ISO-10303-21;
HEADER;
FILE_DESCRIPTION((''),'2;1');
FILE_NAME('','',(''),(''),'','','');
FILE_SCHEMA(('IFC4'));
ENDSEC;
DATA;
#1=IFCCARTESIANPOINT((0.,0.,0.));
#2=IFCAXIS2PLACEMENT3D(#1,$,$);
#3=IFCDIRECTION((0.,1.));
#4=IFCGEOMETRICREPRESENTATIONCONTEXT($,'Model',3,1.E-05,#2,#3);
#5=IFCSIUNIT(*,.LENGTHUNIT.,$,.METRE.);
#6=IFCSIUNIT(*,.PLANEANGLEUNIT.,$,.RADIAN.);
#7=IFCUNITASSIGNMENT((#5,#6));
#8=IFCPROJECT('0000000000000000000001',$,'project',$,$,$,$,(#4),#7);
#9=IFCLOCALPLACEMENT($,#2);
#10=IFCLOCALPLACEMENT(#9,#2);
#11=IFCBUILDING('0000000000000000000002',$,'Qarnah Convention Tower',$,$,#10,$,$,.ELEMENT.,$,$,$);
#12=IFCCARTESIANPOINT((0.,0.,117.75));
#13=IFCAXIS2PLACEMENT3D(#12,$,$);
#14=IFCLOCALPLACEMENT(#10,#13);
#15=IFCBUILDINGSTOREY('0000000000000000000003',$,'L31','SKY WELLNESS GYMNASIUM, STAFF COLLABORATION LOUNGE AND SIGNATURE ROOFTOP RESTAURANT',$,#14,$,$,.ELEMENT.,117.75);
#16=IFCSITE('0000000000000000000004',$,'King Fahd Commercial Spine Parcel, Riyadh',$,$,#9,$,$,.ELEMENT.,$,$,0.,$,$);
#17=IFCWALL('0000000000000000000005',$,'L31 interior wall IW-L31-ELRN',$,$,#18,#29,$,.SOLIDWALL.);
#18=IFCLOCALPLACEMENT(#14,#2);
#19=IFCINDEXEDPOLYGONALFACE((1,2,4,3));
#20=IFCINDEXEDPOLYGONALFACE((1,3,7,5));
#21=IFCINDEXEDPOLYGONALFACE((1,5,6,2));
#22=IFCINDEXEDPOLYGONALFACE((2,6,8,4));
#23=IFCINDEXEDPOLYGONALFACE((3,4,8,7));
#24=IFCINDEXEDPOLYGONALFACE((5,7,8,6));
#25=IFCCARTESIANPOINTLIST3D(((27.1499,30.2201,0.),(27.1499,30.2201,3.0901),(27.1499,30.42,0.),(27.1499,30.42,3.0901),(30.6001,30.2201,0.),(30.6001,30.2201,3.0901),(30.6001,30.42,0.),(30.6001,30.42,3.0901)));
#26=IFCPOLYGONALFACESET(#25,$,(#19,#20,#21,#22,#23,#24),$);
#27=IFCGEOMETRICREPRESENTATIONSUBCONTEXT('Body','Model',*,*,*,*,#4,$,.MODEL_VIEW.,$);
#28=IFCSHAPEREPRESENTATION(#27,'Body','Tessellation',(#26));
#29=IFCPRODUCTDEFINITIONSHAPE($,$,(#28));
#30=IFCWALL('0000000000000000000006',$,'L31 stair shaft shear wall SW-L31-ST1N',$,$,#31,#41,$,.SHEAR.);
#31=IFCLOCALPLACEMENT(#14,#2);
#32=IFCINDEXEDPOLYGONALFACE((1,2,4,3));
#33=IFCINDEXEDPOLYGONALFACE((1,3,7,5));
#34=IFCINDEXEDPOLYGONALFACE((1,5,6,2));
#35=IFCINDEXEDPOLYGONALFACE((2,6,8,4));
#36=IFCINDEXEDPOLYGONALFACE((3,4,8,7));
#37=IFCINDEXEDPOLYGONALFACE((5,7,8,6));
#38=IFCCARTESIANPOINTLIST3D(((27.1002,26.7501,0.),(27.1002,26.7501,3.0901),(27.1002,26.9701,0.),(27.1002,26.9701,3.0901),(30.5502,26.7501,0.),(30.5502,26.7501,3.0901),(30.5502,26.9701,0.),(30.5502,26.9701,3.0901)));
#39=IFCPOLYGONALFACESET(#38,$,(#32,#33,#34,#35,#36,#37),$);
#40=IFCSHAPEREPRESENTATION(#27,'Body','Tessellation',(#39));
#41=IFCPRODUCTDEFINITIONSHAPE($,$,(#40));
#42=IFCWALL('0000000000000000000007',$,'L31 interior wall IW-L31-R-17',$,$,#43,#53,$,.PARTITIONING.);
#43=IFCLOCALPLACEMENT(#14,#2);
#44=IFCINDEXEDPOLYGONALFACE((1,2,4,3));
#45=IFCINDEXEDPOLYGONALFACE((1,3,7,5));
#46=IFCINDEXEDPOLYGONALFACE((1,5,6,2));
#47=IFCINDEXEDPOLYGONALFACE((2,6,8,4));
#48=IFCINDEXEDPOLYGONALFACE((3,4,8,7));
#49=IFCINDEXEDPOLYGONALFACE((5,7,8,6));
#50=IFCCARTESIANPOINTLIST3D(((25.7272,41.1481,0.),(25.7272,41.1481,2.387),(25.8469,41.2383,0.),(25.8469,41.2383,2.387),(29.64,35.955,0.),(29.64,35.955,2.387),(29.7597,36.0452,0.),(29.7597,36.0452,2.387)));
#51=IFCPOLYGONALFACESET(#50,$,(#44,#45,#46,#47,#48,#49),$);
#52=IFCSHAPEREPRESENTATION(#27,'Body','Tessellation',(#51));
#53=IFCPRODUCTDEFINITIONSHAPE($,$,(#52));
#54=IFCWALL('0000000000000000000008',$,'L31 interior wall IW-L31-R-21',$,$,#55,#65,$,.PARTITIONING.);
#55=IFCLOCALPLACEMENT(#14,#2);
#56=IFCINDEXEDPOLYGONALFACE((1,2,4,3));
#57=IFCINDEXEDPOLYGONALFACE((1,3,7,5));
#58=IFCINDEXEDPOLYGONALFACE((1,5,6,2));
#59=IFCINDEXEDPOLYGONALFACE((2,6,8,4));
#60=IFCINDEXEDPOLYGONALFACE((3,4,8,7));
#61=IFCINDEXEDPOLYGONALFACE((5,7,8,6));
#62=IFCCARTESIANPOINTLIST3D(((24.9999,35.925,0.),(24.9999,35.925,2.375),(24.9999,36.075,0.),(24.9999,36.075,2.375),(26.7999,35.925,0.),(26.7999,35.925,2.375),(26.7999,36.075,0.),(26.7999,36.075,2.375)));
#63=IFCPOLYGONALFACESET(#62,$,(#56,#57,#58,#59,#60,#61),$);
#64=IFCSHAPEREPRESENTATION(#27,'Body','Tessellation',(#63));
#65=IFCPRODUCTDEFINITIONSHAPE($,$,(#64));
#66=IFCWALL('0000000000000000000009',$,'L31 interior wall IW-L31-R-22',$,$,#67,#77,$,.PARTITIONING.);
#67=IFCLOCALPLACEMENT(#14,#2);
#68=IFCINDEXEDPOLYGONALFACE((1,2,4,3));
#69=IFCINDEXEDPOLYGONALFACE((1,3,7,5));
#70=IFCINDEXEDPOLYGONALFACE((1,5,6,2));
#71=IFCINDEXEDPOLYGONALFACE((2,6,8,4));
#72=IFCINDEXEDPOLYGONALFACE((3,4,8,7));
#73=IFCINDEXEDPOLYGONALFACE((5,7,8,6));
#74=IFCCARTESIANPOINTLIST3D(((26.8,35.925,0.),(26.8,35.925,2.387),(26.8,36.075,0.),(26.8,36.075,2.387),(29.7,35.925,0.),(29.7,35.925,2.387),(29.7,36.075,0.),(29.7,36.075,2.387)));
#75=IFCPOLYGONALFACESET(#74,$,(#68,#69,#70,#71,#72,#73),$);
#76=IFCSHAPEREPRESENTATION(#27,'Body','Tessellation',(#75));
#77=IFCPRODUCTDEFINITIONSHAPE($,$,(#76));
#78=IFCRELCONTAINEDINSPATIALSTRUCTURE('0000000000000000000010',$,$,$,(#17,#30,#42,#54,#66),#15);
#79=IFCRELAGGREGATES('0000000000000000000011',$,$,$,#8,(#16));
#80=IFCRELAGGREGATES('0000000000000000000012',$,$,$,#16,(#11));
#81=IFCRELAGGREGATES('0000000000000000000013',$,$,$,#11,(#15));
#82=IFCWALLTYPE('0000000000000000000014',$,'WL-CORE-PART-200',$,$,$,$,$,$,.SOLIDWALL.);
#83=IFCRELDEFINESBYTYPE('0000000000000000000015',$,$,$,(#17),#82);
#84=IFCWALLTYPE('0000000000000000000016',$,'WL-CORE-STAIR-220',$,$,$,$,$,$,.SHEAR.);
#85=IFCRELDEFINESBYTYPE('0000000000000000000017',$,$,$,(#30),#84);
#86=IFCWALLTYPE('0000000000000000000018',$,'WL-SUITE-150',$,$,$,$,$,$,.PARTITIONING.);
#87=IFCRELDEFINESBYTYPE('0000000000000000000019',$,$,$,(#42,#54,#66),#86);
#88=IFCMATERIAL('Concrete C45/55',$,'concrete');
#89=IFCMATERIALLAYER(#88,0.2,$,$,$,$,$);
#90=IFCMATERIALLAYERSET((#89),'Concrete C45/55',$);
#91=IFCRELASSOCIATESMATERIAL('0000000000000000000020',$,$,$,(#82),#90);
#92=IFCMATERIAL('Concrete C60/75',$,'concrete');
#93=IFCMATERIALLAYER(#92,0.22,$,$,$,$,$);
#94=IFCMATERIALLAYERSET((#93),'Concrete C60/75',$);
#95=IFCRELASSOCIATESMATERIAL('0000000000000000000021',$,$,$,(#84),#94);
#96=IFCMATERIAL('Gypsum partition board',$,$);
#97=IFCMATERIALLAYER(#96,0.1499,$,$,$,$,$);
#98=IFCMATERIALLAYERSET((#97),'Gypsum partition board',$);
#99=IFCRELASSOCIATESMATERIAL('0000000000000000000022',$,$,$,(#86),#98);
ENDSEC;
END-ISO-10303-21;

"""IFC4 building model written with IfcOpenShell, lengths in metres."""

from ifc_helpers import new_model, si_unit, direction, frame, frame_2d, origin, place, context, subcontext, project, spatial, rectangle, extrude, material, layer, layer_set, type_object, element, save


model = new_model("IFC4")

# Units and contexts
model_context = context("Model", 3, precision=1e-05, world=origin(), true_north=direction((0.0, 1.0)))
body_context = subcontext(model_context, "Body", "Model", "MODEL_VIEW")
ifc_project = project(units=[si_unit("LENGTHUNIT", "METRE"), si_unit("PLANEANGLEUNIT", "RADIAN")], contexts=[model_context])

# Site, building, storey
site_placement = place(None, origin())
site = spatial("IfcSite", under=ifc_project, at=site_placement, Name="King Fahd Commercial Spine Parcel, Riyadh", CompositionType="ELEMENT", RefElevation=0.0)
building_placement = place(site_placement, origin())
building = spatial("IfcBuilding", under=site, at=building_placement, Name="Qarnah Convention Tower", CompositionType="ELEMENT")
storey_placement = place(building_placement, frame((0.0, 0.0, 117.75)))
storey = spatial("IfcBuildingStorey", under=building, at=storey_placement, Name="L31", Description="SKY WELLNESS GYMNASIUM, STAFF COLLABORATION LOUNGE AND SIGNATURE ROOFTOP RESTAURANT", CompositionType="ELEMENT", Elevation=117.75)

# Shared definitions
ifc_material_1 = material(Name="Concrete C60/75", Category="concrete")

# Walls
ifc_material_2 = material(Name="Concrete C45/55", Category="concrete")
ifc_layer_1 = layer(ifc_material_2, 0.2)
ifc_layer_set_1 = layer_set([ifc_layer_1], Name="Concrete C45/55")
wall_type_1 = type_object("IfcWallType", Name="WL-CORE-PART-200", PredefinedType="SOLIDWALL", material=ifc_layer_set_1)
wall_1_placement = place(storey_placement, frame((27.1499, 30.3201, 0.0), z_axis=(0.0, 0.0, 1.0), x_axis=(1.0, 0.0, 0.0)))
element("IfcWall", 1, at=wall_1_placement, inside=storey, type_object=wall_type_1, Name="L31 interior wall IW-L31-ELRN", PredefinedType="SOLIDWALL", context=body_context, shape_type="SweptSolid", body=[
    extrude(rectangle(XDim=3.4502, YDim=0.2, at=frame_2d((1.7251, 0.0))), origin(), (0.0, 0.0, 1.0), 3.0901),
])
ifc_layer_2 = layer(ifc_material_1, 0.22)
ifc_layer_set_2 = layer_set([ifc_layer_2], Name="Concrete C60/75")
wall_type_2 = type_object("IfcWallType", Name="WL-CORE-STAIR-220", PredefinedType="SHEAR", material=ifc_layer_set_2)
wall_2_placement = place(storey_placement, frame((27.1001, 26.8601, 0.0), z_axis=(0.0, 0.0, 1.0), x_axis=(1.0, 0.0, 0.0)))
element("IfcWall", 2, at=wall_2_placement, inside=storey, type_object=wall_type_2, Name="L31 stair shaft shear wall SW-L31-ST1N", PredefinedType="SHEAR", context=body_context, shape_type="SweptSolid", body=[
    extrude(rectangle(XDim=3.45, YDim=0.22, at=frame_2d((1.7251, 0.0))), origin(), (0.0, 0.0, 1.0), 3.0901),
])

# Walls
ifc_material_3 = material(Name="Gypsum partition board")
ifc_layer_3 = layer(ifc_material_3, 0.1499)
ifc_layer_set_3 = layer_set([ifc_layer_3], Name="Gypsum partition board")
wall_type_3 = type_object("IfcWallType", Name="WL-SUITE-150", PredefinedType="PARTITIONING", material=ifc_layer_set_3)
wall_3_placement = place(storey_placement, frame((25.7871, 41.1931, 0.0), z_axis=(0.0, 0.0, 1.0), x_axis=(0.601771, -0.798669, 0.0)))
element("IfcWall", 3, at=wall_3_placement, inside=storey, type_object=wall_type_3, Name="L31 interior wall IW-L31-R-17", PredefinedType="PARTITIONING", context=body_context, shape_type="SweptSolid", body=[
    extrude(rectangle(XDim=6.5022, YDim=0.1499, at=frame_2d((3.251, 0.0))), origin(), (0.0, 0.0, 1.0), 2.387),
])
wall_4_placement = place(storey_placement, frame((25.0, 36.0, 0.0), z_axis=(0.0, 0.0, 1.0), x_axis=(1.0, 0.0, 0.0)))
element("IfcWall", 4, at=wall_4_placement, inside=storey, type_object=wall_type_3, Name="L31 interior wall IW-L31-R-21", PredefinedType="PARTITIONING", context=body_context, shape_type="SweptSolid", body=[
    extrude(rectangle(XDim=1.8, YDim=0.1499, at=frame_2d((0.8999, 0.0))), origin(), (0.0, 0.0, 1.0), 2.375),
])
wall_5_placement = place(storey_placement, frame((26.8, 36.0, 0.0), z_axis=(0.0, 0.0, 1.0), x_axis=(1.0, 0.0, 0.0)))
element("IfcWall", 5, at=wall_5_placement, inside=storey, type_object=wall_type_3, Name="L31 interior wall IW-L31-R-22", PredefinedType="PARTITIONING", context=body_context, shape_type="SweptSolid", body=[
    extrude(rectangle(XDim=2.8999, YDim=0.1499, at=frame_2d((1.45, 0.0))), origin(), (0.0, 0.0, 1.0), 2.387),
])

save(model, "model.ifc")
